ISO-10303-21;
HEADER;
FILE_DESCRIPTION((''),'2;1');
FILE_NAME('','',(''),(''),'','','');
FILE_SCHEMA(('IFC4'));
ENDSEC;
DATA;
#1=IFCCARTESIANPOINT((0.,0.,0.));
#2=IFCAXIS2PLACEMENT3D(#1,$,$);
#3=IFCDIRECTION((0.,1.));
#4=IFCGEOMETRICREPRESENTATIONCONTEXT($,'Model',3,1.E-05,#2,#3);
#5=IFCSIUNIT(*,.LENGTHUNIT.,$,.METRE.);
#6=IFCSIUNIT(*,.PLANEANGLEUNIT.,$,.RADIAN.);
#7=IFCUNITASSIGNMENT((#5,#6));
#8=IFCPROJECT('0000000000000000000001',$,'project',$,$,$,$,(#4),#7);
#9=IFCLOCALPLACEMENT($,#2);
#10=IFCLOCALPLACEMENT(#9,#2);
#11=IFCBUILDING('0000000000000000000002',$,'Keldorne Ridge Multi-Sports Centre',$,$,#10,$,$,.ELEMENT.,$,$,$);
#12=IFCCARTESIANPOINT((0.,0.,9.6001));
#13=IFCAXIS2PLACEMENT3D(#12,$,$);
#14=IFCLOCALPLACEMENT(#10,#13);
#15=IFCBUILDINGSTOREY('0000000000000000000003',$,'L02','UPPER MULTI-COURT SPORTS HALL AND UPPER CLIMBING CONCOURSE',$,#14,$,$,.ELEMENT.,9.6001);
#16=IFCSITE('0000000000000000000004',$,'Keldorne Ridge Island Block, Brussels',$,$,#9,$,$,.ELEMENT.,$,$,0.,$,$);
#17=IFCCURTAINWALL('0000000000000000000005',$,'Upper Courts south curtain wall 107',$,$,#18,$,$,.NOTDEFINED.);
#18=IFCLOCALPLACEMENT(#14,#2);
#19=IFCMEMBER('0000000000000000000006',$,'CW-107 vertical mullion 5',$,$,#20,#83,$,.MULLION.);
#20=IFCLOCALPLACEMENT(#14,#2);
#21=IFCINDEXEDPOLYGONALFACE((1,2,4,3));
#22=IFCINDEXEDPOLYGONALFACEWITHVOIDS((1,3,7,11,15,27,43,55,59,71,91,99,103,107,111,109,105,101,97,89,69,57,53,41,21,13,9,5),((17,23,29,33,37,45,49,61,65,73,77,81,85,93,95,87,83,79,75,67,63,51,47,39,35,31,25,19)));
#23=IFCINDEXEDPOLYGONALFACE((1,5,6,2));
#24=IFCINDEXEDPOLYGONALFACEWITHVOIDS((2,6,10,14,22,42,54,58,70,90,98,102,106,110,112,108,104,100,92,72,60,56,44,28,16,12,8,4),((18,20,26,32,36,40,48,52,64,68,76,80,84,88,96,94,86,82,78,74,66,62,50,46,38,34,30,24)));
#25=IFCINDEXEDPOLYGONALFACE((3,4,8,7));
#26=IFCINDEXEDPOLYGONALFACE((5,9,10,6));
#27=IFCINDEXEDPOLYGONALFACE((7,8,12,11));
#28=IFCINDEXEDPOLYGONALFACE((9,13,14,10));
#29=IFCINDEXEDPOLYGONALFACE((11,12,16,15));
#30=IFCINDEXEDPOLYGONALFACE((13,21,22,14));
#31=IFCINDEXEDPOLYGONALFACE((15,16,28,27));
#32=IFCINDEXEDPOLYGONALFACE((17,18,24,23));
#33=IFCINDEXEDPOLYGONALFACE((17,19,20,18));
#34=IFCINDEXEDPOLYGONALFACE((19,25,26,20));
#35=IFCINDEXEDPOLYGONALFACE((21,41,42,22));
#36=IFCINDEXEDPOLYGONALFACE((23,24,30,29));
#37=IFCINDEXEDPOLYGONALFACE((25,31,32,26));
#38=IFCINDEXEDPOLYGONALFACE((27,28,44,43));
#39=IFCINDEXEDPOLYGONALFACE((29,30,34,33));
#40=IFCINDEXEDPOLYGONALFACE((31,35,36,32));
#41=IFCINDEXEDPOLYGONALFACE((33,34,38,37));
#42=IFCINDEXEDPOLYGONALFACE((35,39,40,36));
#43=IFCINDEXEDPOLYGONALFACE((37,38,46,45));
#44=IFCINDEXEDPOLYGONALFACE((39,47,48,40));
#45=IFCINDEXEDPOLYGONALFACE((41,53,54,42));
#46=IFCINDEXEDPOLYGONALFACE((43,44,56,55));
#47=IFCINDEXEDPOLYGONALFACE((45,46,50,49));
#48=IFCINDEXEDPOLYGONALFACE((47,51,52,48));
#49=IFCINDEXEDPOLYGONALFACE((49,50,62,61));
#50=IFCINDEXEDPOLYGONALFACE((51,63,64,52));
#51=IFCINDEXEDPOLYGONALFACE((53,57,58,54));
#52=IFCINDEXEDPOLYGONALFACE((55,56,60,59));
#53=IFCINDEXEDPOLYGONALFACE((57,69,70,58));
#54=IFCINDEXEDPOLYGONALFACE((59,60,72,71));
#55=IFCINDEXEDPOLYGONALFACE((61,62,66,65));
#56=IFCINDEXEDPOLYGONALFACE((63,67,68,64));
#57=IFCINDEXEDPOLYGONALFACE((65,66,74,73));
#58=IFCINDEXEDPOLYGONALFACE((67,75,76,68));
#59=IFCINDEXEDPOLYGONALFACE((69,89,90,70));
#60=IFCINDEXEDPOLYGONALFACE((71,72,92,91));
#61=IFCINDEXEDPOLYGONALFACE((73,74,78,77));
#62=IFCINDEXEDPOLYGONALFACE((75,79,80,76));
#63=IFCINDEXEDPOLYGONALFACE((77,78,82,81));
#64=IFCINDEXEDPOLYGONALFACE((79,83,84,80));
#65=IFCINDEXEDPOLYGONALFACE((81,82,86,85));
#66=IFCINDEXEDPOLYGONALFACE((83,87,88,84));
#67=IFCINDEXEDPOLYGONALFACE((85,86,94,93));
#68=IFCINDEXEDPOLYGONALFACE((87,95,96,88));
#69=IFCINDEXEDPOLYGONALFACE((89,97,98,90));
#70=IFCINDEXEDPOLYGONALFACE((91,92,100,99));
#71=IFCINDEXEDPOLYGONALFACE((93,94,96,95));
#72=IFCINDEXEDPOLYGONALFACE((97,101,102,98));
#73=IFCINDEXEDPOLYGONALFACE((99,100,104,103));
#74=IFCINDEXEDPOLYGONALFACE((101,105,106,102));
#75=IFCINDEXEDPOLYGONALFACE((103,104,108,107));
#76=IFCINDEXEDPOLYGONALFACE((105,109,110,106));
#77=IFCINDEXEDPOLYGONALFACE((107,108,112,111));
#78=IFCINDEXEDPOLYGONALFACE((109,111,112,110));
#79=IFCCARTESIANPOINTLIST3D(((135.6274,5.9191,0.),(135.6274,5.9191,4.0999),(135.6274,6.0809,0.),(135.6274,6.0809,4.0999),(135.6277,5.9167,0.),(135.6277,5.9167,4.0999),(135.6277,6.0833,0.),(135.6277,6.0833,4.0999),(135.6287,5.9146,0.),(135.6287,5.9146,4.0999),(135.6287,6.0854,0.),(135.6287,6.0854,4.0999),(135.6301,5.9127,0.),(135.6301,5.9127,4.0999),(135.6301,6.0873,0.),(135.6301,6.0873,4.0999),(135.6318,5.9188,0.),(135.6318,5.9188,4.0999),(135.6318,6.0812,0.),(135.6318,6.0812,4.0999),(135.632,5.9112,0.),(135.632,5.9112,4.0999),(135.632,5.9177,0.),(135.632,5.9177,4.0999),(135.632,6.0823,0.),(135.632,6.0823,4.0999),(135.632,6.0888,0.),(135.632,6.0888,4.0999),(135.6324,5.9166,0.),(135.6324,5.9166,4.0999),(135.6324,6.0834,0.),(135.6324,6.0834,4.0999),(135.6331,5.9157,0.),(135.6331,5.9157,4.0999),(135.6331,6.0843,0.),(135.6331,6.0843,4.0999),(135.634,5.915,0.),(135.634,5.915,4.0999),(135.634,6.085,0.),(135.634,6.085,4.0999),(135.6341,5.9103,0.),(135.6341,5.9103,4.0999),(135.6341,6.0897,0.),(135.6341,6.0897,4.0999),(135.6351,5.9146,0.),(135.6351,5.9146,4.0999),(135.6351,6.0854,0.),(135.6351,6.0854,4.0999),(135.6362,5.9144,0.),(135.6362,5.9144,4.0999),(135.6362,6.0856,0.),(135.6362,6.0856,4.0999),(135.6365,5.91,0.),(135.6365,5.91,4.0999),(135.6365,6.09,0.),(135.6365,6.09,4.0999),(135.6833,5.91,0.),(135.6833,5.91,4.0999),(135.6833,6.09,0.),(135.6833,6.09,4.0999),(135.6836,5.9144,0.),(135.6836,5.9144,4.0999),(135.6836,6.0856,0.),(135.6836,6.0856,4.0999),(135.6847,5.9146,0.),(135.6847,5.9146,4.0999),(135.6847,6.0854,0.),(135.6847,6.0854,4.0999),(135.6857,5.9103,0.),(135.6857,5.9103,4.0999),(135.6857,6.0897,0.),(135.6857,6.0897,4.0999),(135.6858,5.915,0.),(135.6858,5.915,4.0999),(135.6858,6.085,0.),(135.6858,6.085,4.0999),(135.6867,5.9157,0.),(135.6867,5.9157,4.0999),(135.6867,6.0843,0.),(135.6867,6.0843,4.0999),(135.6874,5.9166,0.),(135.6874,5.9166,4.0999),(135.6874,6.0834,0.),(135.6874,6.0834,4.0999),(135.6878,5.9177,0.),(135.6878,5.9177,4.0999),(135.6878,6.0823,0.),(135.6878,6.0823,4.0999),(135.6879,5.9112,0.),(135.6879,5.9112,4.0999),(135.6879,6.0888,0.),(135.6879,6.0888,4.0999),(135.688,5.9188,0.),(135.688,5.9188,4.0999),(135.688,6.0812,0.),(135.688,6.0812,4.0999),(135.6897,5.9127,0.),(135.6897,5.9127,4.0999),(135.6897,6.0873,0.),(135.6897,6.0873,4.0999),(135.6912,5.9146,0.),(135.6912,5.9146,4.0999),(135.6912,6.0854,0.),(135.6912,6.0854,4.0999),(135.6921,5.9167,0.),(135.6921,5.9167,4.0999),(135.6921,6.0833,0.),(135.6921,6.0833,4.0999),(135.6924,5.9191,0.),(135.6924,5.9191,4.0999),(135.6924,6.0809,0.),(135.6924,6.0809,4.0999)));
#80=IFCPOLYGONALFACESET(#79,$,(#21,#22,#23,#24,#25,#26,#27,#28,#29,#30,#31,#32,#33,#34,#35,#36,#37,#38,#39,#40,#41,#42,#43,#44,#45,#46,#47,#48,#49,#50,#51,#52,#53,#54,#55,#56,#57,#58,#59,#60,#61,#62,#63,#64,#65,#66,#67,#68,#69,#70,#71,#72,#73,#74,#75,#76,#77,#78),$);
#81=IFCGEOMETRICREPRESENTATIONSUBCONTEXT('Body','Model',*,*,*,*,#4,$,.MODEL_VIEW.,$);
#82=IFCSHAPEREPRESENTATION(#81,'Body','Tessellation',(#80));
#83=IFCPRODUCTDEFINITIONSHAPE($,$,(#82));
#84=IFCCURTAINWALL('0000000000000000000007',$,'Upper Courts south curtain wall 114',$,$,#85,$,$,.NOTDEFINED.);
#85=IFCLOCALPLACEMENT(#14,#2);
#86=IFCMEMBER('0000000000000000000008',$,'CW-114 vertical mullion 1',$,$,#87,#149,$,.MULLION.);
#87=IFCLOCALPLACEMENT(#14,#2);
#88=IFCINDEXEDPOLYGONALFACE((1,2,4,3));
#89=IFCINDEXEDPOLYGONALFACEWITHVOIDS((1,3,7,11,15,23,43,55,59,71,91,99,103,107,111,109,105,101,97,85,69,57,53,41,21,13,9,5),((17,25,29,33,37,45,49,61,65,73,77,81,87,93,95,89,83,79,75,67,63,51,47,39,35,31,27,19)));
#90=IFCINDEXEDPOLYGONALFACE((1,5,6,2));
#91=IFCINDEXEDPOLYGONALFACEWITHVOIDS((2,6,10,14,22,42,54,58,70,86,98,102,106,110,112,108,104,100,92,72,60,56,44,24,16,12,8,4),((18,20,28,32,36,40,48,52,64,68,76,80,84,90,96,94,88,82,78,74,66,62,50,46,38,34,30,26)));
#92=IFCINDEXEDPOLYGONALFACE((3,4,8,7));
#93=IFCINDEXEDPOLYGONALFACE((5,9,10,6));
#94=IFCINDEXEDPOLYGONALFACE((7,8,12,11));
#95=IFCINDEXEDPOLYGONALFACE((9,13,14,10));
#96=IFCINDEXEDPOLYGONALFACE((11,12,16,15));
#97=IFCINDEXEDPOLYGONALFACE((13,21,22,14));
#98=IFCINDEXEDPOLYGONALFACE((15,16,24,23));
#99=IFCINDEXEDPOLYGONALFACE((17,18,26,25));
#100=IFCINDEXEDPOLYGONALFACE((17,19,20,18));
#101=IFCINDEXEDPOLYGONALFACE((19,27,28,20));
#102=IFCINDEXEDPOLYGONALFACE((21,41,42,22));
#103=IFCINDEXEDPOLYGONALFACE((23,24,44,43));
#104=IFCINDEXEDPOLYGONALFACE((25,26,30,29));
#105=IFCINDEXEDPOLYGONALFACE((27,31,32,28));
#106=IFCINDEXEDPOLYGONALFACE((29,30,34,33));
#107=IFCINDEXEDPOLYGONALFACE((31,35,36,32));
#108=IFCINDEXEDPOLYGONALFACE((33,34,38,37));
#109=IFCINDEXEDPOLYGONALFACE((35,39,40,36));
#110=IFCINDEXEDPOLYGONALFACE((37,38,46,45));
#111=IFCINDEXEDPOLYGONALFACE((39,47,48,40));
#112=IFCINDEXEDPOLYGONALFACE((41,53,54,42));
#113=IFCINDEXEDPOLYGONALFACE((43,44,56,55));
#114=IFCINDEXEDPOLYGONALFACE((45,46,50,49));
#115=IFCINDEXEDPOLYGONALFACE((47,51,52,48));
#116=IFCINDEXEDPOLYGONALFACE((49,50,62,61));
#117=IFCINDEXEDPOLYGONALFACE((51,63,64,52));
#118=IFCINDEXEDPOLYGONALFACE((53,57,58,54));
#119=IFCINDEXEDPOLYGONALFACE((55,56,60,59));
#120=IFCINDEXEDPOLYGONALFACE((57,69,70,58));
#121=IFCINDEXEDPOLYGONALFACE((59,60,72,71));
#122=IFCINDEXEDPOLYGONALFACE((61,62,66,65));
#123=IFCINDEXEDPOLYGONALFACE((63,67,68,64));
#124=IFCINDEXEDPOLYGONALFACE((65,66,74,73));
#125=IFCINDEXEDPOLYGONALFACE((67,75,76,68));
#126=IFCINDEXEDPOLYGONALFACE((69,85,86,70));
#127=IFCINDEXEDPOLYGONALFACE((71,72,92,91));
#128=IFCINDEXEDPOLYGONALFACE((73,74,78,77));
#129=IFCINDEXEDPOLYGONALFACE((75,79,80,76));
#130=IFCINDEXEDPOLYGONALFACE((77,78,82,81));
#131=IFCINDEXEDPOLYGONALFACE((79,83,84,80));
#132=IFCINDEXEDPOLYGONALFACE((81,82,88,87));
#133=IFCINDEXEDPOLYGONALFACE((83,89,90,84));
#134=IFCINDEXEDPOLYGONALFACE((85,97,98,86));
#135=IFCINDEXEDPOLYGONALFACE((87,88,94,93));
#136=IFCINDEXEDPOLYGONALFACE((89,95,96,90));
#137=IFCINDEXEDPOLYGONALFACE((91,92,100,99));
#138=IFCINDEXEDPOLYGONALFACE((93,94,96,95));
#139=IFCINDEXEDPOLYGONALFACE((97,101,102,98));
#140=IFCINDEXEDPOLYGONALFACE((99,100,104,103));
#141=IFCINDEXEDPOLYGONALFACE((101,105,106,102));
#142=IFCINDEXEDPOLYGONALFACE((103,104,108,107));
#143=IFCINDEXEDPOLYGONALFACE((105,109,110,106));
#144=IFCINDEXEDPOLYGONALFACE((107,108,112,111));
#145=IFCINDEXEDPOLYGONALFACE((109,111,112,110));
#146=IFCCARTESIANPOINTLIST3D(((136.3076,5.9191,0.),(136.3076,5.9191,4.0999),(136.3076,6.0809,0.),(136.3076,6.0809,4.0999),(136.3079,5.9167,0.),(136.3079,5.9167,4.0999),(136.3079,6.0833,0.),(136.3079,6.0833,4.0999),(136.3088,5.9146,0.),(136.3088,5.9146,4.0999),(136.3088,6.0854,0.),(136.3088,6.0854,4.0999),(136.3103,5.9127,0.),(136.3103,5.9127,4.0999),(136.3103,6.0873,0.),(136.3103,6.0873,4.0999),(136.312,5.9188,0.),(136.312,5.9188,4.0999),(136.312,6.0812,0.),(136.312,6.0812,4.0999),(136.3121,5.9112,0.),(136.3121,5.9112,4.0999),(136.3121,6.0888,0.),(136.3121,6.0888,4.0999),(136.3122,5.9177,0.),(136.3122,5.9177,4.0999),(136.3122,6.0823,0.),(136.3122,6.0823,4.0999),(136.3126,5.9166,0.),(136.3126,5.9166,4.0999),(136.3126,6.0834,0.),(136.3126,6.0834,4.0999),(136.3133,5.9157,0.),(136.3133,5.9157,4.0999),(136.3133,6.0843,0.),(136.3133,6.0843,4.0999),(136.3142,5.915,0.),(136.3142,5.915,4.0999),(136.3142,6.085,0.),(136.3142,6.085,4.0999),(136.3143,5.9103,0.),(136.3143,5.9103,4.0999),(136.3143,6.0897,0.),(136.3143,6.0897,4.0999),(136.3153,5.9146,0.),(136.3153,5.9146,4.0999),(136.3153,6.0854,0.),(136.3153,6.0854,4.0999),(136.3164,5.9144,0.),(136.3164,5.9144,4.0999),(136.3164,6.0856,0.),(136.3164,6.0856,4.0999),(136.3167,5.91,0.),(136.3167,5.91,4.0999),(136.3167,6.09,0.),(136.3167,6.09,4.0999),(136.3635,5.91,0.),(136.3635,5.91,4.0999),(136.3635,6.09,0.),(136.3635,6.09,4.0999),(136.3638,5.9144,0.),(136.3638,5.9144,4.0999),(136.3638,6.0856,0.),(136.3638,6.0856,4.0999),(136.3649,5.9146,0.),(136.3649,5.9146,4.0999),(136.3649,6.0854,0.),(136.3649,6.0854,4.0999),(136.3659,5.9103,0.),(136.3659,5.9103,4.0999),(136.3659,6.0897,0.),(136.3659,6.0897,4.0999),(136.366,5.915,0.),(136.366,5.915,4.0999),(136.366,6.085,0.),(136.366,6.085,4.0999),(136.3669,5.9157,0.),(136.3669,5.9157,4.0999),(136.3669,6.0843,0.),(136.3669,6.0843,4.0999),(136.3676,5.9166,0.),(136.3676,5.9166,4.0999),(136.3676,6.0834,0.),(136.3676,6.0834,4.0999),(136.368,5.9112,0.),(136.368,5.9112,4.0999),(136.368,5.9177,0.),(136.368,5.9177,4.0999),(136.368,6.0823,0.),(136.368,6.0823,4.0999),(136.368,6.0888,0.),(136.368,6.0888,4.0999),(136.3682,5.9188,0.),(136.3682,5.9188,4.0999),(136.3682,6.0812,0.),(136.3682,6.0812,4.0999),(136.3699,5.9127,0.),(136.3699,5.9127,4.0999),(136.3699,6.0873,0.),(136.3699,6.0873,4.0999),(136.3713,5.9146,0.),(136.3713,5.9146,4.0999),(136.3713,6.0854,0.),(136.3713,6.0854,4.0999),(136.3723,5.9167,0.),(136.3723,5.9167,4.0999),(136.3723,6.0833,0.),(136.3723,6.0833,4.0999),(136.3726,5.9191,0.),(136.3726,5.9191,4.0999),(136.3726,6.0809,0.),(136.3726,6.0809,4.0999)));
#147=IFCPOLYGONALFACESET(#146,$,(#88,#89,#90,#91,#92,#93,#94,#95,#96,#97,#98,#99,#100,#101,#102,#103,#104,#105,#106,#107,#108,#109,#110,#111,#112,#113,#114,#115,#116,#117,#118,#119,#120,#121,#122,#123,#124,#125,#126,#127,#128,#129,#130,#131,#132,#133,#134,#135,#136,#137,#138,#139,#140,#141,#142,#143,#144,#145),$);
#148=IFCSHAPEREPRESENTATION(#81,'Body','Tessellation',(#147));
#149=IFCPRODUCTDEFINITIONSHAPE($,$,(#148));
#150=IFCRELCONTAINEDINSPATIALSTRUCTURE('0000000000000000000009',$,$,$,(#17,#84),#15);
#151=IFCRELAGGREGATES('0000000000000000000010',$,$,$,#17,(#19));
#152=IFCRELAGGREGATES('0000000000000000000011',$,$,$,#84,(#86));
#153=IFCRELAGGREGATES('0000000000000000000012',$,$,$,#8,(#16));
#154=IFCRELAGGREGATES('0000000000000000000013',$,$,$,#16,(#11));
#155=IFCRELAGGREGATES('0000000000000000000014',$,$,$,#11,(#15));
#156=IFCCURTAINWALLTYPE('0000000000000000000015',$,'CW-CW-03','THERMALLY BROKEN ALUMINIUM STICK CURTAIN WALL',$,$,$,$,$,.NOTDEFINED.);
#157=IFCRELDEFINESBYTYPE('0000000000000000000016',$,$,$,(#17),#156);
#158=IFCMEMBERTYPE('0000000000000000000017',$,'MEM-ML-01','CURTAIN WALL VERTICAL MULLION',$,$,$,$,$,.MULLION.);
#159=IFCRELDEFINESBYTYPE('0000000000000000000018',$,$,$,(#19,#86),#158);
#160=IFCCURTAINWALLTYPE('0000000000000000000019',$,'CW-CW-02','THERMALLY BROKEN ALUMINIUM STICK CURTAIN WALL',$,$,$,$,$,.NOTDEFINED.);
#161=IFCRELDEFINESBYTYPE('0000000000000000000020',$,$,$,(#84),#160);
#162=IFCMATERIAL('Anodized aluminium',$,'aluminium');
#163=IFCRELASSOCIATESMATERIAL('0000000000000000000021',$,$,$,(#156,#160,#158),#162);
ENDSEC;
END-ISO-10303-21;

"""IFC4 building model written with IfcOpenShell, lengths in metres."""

from ifc_helpers import new_model, si_unit, direction, frame, origin, origin_2d, place, context, subcontext, project, spatial, hollow_rectangle, extrude, material, material_profile, profile_set, type_object, element, aggregate, save


model = new_model("IFC4")

# Units and contexts
model_context = context("Model", 3, precision=1e-05, world=origin(), true_north=direction((0.0, 1.0)))
body_context = subcontext(model_context, "Body", "Model", "MODEL_VIEW")
ifc_project = project(units=[si_unit("LENGTHUNIT", "METRE"), si_unit("PLANEANGLEUNIT", "RADIAN")], contexts=[model_context])

# Site, building, storey
site_placement = place(None, origin())
site = spatial("IfcSite", under=ifc_project, at=site_placement, Name="Keldorne Ridge Island Block, Brussels", CompositionType="ELEMENT", RefElevation=0.0)
building_placement = place(site_placement, origin())
building = spatial("IfcBuilding", under=site, at=building_placement, Name="Keldorne Ridge Multi-Sports Centre", CompositionType="ELEMENT")
storey_placement = place(building_placement, frame((0.0, 0.0, 9.6001)))
storey = spatial("IfcBuildingStorey", under=building, at=storey_placement, Name="L02", Description="UPPER MULTI-COURT SPORTS HALL AND UPPER CLIMBING CONCOURSE", CompositionType="ELEMENT", Elevation=9.6001)

# Curtain walls, members
ifc_material_1 = material(Name="Anodized aluminium", Category="aluminium")
curtain_wall_type_1 = type_object("IfcCurtainWallType", Name="CW-CW-03", Description="THERMALLY BROKEN ALUMINIUM STICK CURTAIN WALL", PredefinedType="NOTDEFINED", material=ifc_material_1)
curtain_wall_1_placement = place(storey_placement, origin())
curtain_wall_1 = element("IfcCurtainWall", 1, at=curtain_wall_1_placement, inside=storey, type_object=curtain_wall_type_1, Name="Upper Courts south curtain wall 107", PredefinedType="NOTDEFINED")
ifc_material_profile_1 = material_profile(ifc_material_1, hollow_rectangle(XDim=0.0649, YDim=0.1799, WallThickness=0.0044, InnerFilletRadius=0.0044, OuterFilletRadius=0.009, at=origin_2d()), Name="ALU MULLION 180x65x4.5")
ifc_profile_set_1 = profile_set([ifc_material_profile_1], Name="Anodized aluminium")
member_type_1 = type_object("IfcMemberType", Name="MEM-ML-01", Description="CURTAIN WALL VERTICAL MULLION", PredefinedType="MULLION", material=ifc_profile_set_1)
member_1_placement = place(storey_placement, frame((135.6599, 6.0, 0.0), z_axis=(0.0, 0.0, 1.0), x_axis=(1.0, 0.0, 0.0)))
member_1 = element("IfcMember", 2, at=member_1_placement, type_object=member_type_1, Name="CW-107 vertical mullion 5", PredefinedType="MULLION", context=body_context, shape_type="SweptSolid", body=[
    extrude(hollow_rectangle(XDim=0.0649, YDim=0.1799, WallThickness=0.0044, InnerFilletRadius=0.0044, OuterFilletRadius=0.009, at=origin_2d()), origin(), (0.0, 0.0, 1.0), 4.0999),
])
curtain_wall_type_2 = type_object("IfcCurtainWallType", Name="CW-CW-02", Description="THERMALLY BROKEN ALUMINIUM STICK CURTAIN WALL", PredefinedType="NOTDEFINED", material=ifc_material_1)
curtain_wall_2_placement = place(storey_placement, origin())
curtain_wall_2 = element("IfcCurtainWall", 3, at=curtain_wall_2_placement, inside=storey, type_object=curtain_wall_type_2, Name="Upper Courts south curtain wall 114", PredefinedType="NOTDEFINED")
member_2_placement = place(storey_placement, frame((136.3401, 6.0, 0.0), z_axis=(0.0, 0.0, 1.0), x_axis=(1.0, 0.0, 0.0)))
member_2 = element("IfcMember", 4, at=member_2_placement, type_object=member_type_1, Name="CW-114 vertical mullion 1", PredefinedType="MULLION", context=body_context, shape_type="SweptSolid", body=[
    extrude(hollow_rectangle(XDim=0.0649, YDim=0.1799, WallThickness=0.0044, InnerFilletRadius=0.0044, OuterFilletRadius=0.009, at=origin_2d()), origin(), (0.0, 0.0, 1.0), 4.0999),
])

aggregate(curtain_wall_1, [member_1])
aggregate(curtain_wall_2, [member_2])

save(model, "model.ifc")
